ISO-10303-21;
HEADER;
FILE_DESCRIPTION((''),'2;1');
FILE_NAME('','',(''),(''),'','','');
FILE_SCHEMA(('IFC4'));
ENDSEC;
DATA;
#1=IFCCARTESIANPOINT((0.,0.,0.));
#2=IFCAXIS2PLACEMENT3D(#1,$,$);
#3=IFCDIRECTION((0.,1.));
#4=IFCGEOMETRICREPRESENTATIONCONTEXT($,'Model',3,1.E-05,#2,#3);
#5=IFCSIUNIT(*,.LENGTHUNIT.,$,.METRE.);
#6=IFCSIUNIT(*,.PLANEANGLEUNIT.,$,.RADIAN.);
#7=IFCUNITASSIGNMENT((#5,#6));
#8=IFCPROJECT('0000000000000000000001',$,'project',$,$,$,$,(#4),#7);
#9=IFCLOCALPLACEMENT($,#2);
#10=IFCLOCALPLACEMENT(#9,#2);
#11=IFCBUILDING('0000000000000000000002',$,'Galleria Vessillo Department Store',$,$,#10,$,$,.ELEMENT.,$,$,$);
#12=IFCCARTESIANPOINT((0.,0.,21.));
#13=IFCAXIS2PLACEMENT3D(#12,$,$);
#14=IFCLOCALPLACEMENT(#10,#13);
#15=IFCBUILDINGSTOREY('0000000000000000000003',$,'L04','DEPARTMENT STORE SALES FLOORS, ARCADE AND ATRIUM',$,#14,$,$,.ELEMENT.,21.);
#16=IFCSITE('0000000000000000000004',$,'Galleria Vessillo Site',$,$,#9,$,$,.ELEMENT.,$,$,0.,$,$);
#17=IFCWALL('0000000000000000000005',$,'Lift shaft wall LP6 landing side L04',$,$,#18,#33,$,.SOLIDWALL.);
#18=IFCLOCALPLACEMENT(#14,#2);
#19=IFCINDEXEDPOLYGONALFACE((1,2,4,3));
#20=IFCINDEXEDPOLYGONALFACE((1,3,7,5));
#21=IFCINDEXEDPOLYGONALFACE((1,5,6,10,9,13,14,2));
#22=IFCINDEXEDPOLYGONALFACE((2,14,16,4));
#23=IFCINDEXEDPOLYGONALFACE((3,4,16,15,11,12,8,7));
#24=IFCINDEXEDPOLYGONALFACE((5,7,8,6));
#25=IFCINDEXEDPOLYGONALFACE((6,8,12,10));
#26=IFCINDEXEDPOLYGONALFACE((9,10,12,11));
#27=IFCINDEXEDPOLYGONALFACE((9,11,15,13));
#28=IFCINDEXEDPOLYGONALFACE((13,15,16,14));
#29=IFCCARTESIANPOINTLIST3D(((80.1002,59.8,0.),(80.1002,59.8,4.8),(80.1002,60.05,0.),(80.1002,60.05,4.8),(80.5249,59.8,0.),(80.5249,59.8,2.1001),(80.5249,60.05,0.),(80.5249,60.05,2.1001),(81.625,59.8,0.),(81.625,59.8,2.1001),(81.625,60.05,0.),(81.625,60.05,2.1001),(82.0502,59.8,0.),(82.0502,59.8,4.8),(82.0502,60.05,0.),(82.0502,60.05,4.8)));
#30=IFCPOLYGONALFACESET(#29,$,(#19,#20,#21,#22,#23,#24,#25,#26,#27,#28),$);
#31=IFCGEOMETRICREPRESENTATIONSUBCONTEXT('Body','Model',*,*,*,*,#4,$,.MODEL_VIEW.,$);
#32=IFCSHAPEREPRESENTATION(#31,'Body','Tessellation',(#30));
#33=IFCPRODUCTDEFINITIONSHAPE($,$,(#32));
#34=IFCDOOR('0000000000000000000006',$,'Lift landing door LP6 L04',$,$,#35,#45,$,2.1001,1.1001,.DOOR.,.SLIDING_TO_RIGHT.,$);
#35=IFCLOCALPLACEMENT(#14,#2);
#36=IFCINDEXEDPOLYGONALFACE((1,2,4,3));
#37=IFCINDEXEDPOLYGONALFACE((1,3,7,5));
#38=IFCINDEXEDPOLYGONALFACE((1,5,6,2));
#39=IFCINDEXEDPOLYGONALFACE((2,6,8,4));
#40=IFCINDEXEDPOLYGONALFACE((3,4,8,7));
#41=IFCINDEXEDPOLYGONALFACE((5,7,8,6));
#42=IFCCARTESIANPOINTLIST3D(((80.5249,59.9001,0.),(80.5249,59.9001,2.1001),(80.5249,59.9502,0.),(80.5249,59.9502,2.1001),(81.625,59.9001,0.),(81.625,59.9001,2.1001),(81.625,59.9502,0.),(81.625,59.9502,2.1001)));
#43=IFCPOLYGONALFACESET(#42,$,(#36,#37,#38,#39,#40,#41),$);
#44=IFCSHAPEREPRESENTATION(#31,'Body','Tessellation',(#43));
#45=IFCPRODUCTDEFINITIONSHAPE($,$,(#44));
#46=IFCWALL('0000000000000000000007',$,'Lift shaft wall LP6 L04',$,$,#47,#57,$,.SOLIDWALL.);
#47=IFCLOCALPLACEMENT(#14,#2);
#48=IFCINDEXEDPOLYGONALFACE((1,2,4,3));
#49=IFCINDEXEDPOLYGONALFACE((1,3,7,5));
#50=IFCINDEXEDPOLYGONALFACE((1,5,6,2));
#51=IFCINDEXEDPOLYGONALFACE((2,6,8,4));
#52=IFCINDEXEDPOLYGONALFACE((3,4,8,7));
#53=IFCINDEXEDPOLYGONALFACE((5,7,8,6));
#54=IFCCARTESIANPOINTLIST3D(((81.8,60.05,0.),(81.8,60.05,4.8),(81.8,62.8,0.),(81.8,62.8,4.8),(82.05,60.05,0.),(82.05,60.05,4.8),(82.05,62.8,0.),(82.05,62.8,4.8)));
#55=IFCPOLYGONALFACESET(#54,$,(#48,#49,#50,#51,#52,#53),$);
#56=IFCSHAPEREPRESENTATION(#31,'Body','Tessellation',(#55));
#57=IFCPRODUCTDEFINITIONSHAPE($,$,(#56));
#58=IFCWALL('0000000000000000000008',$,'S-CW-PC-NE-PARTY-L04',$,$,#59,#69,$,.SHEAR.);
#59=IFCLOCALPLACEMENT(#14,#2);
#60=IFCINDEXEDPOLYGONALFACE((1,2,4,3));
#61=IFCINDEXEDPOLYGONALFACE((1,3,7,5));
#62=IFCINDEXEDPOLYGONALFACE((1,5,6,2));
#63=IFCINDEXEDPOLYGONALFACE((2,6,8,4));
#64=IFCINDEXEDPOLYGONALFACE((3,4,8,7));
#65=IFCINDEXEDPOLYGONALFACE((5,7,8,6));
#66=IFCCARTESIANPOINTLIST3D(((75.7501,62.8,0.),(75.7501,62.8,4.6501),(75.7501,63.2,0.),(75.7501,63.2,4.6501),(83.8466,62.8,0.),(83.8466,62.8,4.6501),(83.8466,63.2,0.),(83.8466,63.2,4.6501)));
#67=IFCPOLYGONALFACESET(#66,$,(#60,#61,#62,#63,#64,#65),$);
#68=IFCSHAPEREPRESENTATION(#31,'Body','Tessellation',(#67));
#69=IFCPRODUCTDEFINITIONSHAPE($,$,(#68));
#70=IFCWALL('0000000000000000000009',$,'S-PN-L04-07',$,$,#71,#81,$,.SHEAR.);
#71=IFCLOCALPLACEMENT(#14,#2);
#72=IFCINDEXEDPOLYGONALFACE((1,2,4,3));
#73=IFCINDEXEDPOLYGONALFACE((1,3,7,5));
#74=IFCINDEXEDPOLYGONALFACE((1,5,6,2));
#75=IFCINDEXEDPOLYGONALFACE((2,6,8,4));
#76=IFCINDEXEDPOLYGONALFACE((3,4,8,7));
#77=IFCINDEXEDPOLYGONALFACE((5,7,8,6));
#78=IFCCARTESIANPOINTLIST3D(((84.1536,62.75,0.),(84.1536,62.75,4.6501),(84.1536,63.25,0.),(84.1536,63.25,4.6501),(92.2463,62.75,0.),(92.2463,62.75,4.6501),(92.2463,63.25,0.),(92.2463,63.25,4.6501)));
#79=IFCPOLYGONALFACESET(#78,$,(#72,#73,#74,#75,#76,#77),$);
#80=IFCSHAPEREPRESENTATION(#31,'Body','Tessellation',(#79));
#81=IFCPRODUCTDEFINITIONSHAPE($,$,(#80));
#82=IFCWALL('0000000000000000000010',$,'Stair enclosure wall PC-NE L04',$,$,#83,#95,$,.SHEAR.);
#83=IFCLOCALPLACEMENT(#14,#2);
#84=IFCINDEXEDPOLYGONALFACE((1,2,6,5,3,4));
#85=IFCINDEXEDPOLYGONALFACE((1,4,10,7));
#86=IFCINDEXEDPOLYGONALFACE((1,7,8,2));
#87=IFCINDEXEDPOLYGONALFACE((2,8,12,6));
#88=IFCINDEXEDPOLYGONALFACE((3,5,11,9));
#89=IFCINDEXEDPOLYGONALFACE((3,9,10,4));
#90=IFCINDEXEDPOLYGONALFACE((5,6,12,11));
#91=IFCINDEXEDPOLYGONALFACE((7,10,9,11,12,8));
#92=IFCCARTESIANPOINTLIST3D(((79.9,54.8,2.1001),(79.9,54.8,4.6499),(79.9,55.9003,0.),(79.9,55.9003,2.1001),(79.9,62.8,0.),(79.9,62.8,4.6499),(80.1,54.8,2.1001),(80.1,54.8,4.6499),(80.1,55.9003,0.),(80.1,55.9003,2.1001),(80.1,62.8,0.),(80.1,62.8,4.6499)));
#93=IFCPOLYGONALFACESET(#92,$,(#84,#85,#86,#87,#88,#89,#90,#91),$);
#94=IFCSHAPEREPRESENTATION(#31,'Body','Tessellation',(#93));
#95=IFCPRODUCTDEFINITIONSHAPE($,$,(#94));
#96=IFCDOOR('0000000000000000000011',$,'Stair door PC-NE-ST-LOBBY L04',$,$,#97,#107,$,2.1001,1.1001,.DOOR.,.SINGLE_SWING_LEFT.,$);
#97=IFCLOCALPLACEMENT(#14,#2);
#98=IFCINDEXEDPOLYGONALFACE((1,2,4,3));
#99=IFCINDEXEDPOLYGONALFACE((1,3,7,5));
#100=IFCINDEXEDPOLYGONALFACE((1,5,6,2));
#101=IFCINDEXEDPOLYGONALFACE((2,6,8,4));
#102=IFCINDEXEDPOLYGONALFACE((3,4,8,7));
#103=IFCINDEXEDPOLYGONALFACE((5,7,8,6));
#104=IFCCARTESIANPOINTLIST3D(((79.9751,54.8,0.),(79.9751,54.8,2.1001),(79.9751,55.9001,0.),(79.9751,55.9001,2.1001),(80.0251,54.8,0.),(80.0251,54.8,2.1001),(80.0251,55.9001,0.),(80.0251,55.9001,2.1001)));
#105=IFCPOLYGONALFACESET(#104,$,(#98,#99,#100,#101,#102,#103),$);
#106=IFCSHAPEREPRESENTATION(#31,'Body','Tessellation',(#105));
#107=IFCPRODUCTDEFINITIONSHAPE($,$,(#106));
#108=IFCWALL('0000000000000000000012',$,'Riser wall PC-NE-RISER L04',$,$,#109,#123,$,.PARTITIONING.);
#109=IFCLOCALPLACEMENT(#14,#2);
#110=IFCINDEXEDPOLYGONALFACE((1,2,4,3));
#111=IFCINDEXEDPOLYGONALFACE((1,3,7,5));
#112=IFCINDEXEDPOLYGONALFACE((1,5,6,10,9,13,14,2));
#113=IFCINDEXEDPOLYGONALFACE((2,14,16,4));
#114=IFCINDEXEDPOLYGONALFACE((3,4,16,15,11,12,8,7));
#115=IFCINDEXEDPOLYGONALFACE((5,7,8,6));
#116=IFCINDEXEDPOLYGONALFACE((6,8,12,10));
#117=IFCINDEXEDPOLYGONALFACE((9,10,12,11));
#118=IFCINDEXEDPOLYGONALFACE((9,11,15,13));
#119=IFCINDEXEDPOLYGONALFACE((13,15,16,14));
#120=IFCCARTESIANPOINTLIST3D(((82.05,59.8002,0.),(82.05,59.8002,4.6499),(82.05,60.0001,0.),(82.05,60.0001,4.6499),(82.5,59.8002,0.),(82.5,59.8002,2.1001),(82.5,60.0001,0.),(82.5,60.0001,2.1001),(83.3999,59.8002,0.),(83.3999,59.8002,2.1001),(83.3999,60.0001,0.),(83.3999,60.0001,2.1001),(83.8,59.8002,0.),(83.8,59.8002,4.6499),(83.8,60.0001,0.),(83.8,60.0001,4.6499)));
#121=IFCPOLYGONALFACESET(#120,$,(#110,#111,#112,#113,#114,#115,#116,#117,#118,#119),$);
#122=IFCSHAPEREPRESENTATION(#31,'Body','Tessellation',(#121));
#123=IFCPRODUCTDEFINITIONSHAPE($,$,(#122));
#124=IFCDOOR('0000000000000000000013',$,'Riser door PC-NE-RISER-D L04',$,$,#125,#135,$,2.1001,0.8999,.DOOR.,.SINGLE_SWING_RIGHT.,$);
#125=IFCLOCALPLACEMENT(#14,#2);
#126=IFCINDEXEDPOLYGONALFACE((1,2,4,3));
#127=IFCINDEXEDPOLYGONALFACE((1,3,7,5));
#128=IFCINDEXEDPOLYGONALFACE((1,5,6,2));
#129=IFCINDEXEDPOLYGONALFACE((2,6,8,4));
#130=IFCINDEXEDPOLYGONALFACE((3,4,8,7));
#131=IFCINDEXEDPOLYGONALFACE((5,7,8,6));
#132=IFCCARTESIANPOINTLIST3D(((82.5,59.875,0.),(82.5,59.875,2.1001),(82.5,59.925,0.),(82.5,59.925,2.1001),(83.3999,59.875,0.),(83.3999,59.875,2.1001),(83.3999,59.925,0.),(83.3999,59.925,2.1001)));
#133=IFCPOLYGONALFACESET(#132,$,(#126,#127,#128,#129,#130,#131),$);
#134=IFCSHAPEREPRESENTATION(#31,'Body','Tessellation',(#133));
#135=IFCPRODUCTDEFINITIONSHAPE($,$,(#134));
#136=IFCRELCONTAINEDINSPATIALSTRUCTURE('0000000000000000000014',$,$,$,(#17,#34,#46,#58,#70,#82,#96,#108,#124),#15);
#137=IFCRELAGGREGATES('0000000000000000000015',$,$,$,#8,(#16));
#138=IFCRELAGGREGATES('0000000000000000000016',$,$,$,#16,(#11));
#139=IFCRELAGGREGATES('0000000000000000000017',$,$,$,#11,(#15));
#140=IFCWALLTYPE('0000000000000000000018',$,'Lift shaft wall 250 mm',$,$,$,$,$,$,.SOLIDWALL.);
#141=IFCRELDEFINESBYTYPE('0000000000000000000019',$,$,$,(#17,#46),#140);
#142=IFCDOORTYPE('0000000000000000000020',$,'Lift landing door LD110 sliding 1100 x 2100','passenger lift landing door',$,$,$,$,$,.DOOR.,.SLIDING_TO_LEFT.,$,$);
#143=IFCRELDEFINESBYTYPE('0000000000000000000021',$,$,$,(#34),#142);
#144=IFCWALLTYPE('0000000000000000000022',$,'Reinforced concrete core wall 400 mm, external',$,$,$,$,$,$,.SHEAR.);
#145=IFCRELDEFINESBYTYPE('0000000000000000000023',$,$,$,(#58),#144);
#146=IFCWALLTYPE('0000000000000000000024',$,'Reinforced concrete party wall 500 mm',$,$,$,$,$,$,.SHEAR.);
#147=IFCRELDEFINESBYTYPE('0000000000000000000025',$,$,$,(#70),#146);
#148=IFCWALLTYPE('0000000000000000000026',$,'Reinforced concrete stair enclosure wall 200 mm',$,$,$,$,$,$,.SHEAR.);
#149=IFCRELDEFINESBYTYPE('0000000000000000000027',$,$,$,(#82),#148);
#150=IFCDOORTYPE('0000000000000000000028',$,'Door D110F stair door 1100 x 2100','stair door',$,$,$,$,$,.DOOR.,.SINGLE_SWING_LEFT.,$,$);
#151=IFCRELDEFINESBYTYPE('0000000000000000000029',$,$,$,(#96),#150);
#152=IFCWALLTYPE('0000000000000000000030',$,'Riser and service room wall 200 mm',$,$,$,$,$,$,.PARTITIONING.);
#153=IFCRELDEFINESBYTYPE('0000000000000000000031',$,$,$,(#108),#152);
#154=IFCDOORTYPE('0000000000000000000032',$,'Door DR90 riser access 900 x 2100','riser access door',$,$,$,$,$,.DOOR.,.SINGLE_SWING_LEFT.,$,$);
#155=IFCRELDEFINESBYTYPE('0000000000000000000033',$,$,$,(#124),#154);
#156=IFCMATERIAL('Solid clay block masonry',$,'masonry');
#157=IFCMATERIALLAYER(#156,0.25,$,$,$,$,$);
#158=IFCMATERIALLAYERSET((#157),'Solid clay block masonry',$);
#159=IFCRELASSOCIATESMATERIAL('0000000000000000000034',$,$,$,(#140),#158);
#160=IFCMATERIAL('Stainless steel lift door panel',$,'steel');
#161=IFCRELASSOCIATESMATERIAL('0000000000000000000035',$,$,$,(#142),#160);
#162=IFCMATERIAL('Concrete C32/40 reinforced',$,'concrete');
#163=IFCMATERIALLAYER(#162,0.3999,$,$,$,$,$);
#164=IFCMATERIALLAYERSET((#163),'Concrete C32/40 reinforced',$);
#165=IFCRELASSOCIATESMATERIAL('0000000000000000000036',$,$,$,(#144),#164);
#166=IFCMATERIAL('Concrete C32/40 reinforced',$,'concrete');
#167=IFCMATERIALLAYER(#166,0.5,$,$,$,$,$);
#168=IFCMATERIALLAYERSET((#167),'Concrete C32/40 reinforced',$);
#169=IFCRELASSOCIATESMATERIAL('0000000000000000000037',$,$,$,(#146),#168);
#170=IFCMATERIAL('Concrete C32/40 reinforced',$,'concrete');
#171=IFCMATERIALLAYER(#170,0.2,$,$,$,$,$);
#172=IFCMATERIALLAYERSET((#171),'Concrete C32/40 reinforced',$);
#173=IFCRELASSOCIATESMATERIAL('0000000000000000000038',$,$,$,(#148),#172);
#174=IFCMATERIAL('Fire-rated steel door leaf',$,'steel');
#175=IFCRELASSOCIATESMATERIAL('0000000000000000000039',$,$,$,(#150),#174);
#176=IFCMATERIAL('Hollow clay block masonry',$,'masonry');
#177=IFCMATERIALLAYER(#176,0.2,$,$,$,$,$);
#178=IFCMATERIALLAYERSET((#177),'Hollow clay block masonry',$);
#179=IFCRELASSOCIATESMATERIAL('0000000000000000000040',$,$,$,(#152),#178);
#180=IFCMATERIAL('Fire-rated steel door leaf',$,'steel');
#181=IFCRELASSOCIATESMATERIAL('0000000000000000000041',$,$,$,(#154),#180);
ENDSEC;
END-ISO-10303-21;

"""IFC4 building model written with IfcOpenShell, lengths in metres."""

from ifc_helpers import new_model, si_unit, direction, frame, frame_2d, origin, place, context, subcontext, project, spatial, rectangle, extrude, material, layer, layer_set, type_object, element, fill, save


model = new_model("IFC4")

# Units and contexts
model_context = context("Model", 3, precision=1e-05, world=origin(), true_north=direction((0.0, 1.0)))
body_context = subcontext(model_context, "Body", "Model", "MODEL_VIEW")
ifc_project = project(units=[si_unit("LENGTHUNIT", "METRE"), si_unit("PLANEANGLEUNIT", "RADIAN")], contexts=[model_context])

# Site, building, storey
site_placement = place(None, origin())
site = spatial("IfcSite", under=ifc_project, at=site_placement, Name="Galleria Vessillo Site", CompositionType="ELEMENT", RefElevation=0.0)
building_placement = place(site_placement, origin())
building = spatial("IfcBuilding", under=site, at=building_placement, Name="Galleria Vessillo Department Store", CompositionType="ELEMENT")
storey_placement = place(building_placement, frame((0.0, 0.0, 21.0)))
storey = spatial("IfcBuildingStorey", under=building, at=storey_placement, Name="L04", Description="DEPARTMENT STORE SALES FLOORS, ARCADE AND ATRIUM", CompositionType="ELEMENT", Elevation=21.0)

# Wall, opening, door
ifc_material_1 = material(Name="Solid clay block masonry", Category="masonry")
ifc_layer_1 = layer(ifc_material_1, 0.25)
ifc_layer_set_1 = layer_set([ifc_layer_1], Name="Solid clay block masonry")
wall_type_1 = type_object("IfcWallType", Name="Lift shaft wall 250 mm", PredefinedType="SOLIDWALL", material=ifc_layer_set_1)
wall_1_placement = place(storey_placement, frame((80.1001, 59.925, 0.0), z_axis=(0.0, 0.0, 1.0), x_axis=(1.0, 0.0, 0.0)))
wall_1 = element("IfcWall", 1, at=wall_1_placement, inside=storey, type_object=wall_type_1, Name="Lift shaft wall LP6 landing side L04", PredefinedType="SOLIDWALL", context=body_context, shape_type="SweptSolid", body=[
    extrude(rectangle(XDim=1.95, YDim=0.25, at=frame_2d((0.9751, 0.0))), origin(), (0.0, 0.0, 1.0), 4.8),
])
opening_1_placement = place(wall_1_placement, frame((0.4248, 0.0, 0.0)))
opening_1 = element("IfcOpeningElement", 2, at=opening_1_placement, cuts=wall_1, PredefinedType="OPENING", context=body_context, shape_type="SweptSolid", body=[
    extrude(rectangle(XDim=1.1001, YDim=2.1001, at=frame_2d((0.55, 1.05))), frame((0.0, 0.135, 0.0), z_axis=(0.0, -1.0, 0.0), x_axis=(1.0, 0.0, 0.0)), (0.0, 0.0, 1.0), 0.27),
])
ifc_material_2 = material(Name="Stainless steel lift door panel", Category="steel")
door_type_1 = type_object("IfcDoorType", Name="Lift landing door LD110 sliding 1100 x 2100", Description="passenger lift landing door", OperationType="SLIDING_TO_LEFT", PredefinedType="DOOR", material=ifc_material_2)
door_1_placement = place(opening_1_placement, frame((1.1001, 0.0, 0.0), z_axis=(0.0, 0.0, 1.0), x_axis=(-1.0, 0.0, 0.0)))
door_1 = element("IfcDoor", 3, at=door_1_placement, inside=storey, type_object=door_type_1, Name="Lift landing door LP6 L04", OperationType="SLIDING_TO_RIGHT", OverallHeight=2.1001, OverallWidth=1.1001, PredefinedType="DOOR", context=body_context, shape_type="SweptSolid", body=[
    extrude(rectangle(XDim=1.1001, YDim=2.1001, at=frame_2d((0.55, 1.05))), frame((0.0, 0.0249, 0.0), z_axis=(0.0, -1.0, 0.0), x_axis=(1.0, 0.0, 0.0)), (0.0, 0.0, 1.0), 0.05),
])
fill(opening_1, door_1)

# Walls
wall_2_placement = place(storey_placement, frame((81.925, 62.8, 0.0), z_axis=(0.0, 0.0, 1.0), x_axis=(0.0, -1.0, 0.0)))
element("IfcWall", 4, at=wall_2_placement, inside=storey, type_object=wall_type_1, Name="Lift shaft wall LP6 L04", PredefinedType="SOLIDWALL", context=body_context, shape_type="SweptSolid", body=[
    extrude(rectangle(XDim=2.75, YDim=0.25, at=frame_2d((1.375, 0.0))), origin(), (0.0, 0.0, 1.0), 4.8),
])
ifc_material_3 = material(Name="Concrete C32/40 reinforced", Category="concrete")
ifc_layer_2 = layer(ifc_material_3, 0.3999)
ifc_layer_set_2 = layer_set([ifc_layer_2], Name="Concrete C32/40 reinforced")
wall_type_2 = type_object("IfcWallType", Name="Reinforced concrete core wall 400 mm, external", PredefinedType="SHEAR", material=ifc_layer_set_2)
wall_3_placement = place(storey_placement, frame((75.75, 63.0, 0.0), z_axis=(0.0, 0.0, 1.0), x_axis=(1.0, 0.0, 0.0)))
element("IfcWall", 5, at=wall_3_placement, inside=storey, type_object=wall_type_2, Name="S-CW-PC-NE-PARTY-L04", PredefinedType="SHEAR", context=body_context, shape_type="SweptSolid", body=[
    extrude(rectangle(XDim=8.0964, YDim=0.3999, at=frame_2d((4.0483, 0.0))), origin(), (0.0, 0.0, 1.0), 4.6501),
])
ifc_material_4 = material(Name="Concrete C32/40 reinforced", Category="concrete")
ifc_layer_3 = layer(ifc_material_4, 0.5)
ifc_layer_set_3 = layer_set([ifc_layer_3], Name="Concrete C32/40 reinforced")
wall_type_3 = type_object("IfcWallType", Name="Reinforced concrete party wall 500 mm", PredefinedType="SHEAR", material=ifc_layer_set_3)
wall_4_placement = place(storey_placement, frame((84.1536, 63.0, 0.0), z_axis=(0.0, 0.0, 1.0), x_axis=(1.0, 0.0, 0.0)))
element("IfcWall", 6, at=wall_4_placement, inside=storey, type_object=wall_type_3, Name="S-PN-L04-07", PredefinedType="SHEAR", context=body_context, shape_type="SweptSolid", body=[
    extrude(rectangle(XDim=8.0928, YDim=0.5, at=frame_2d((4.0464, 0.0))), origin(), (0.0, 0.0, 1.0), 4.6501),
])

# Walls, openings, doors
ifc_material_5 = material(Name="Concrete C32/40 reinforced", Category="concrete")
ifc_layer_4 = layer(ifc_material_5, 0.2)
ifc_layer_set_4 = layer_set([ifc_layer_4], Name="Concrete C32/40 reinforced")
wall_type_4 = type_object("IfcWallType", Name="Reinforced concrete stair enclosure wall 200 mm", PredefinedType="SHEAR", material=ifc_layer_set_4)
wall_5_placement = place(storey_placement, frame((80.0, 62.8, 0.0), z_axis=(0.0, 0.0, 1.0), x_axis=(0.0, -1.0, 0.0)))
wall_5 = element("IfcWall", 7, at=wall_5_placement, inside=storey, type_object=wall_type_4, Name="Stair enclosure wall PC-NE L04", PredefinedType="SHEAR", context=body_context, shape_type="SweptSolid", body=[
    extrude(rectangle(XDim=8.0, YDim=0.2, at=frame_2d((4.0, 0.0))), origin(), (0.0, 0.0, 1.0), 4.6499),
])
opening_2_placement = place(wall_5_placement, frame((6.8999, 0.0, 0.0)))
opening_2 = element("IfcOpeningElement", 8, at=opening_2_placement, cuts=wall_5, PredefinedType="OPENING", context=body_context, shape_type="SweptSolid", body=[
    extrude(rectangle(XDim=1.1101, YDim=2.1001, at=frame_2d((0.5549, 1.05))), frame((0.0, 0.1099, 0.0), z_axis=(0.0, -1.0, 0.0), x_axis=(1.0, 0.0, 0.0)), (0.0, 0.0, 1.0), 0.22),
])
ifc_material_6 = material(Name="Fire-rated steel door leaf", Category="steel")
door_type_2 = type_object("IfcDoorType", Name="Door D110F stair door 1100 x 2100", Description="stair door", OperationType="SINGLE_SWING_LEFT", PredefinedType="DOOR", material=ifc_material_6)
door_2_placement = place(opening_2_placement, frame((1.1001, 0.0, 0.0), z_axis=(0.0, 0.0, 1.0), x_axis=(-1.0, 0.0, 0.0)))
door_2 = element("IfcDoor", 9, at=door_2_placement, inside=storey, type_object=door_type_2, Name="Stair door PC-NE-ST-LOBBY L04", OperationType="SINGLE_SWING_LEFT", OverallHeight=2.1001, OverallWidth=1.1001, PredefinedType="DOOR", context=body_context, shape_type="SweptSolid", body=[
    extrude(rectangle(XDim=1.1001, YDim=2.1001, at=frame_2d((0.55, 1.05))), frame((0.0, 0.0249, 0.0), z_axis=(0.0, -1.0, 0.0), x_axis=(1.0, 0.0, 0.0)), (0.0, 0.0, 1.0), 0.05),
])
fill(opening_2, door_2)
ifc_material_7 = material(Name="Hollow clay block masonry", Category="masonry")
ifc_layer_5 = layer(ifc_material_7, 0.2)
ifc_layer_set_5 = layer_set([ifc_layer_5], Name="Hollow clay block masonry")
wall_type_5 = type_object("IfcWallType", Name="Riser and service room wall 200 mm", PredefinedType="PARTITIONING", material=ifc_layer_set_5)
wall_6_placement = place(storey_placement, frame((82.05, 59.9001, 0.0), z_axis=(0.0, 0.0, 1.0), x_axis=(1.0, 0.0, 0.0)))
wall_6 = element("IfcWall", 10, at=wall_6_placement, inside=storey, type_object=wall_type_5, Name="Riser wall PC-NE-RISER L04", PredefinedType="PARTITIONING", context=body_context, shape_type="SweptSolid", body=[
    extrude(rectangle(XDim=1.75, YDim=0.2, at=frame_2d((0.875, 0.0))), origin(), (0.0, 0.0, 1.0), 4.6499),
])
opening_3_placement = place(wall_6_placement, frame((0.45, 0.0, 0.0)))
opening_3 = element("IfcOpeningElement", 11, at=opening_3_placement, cuts=wall_6, PredefinedType="OPENING", context=body_context, shape_type="SweptSolid", body=[
    extrude(rectangle(XDim=0.8999, YDim=2.1001, at=frame_2d((0.45, 1.05))), frame((0.0, 0.1099, 0.0), z_axis=(0.0, -1.0, 0.0), x_axis=(1.0, 0.0, 0.0)), (0.0, 0.0, 1.0), 0.22),
])
ifc_material_8 = material(Name="Fire-rated steel door leaf", Category="steel")
door_type_3 = type_object("IfcDoorType", Name="Door DR90 riser access 900 x 2100", Description="riser access door", OperationType="SINGLE_SWING_LEFT", PredefinedType="DOOR", material=ifc_material_8)
door_3_placement = place(opening_3_placement, origin())
door_3 = element("IfcDoor", 12, at=door_3_placement, inside=storey, type_object=door_type_3, Name="Riser door PC-NE-RISER-D L04", OperationType="SINGLE_SWING_RIGHT", OverallHeight=2.1001, OverallWidth=0.8999, PredefinedType="DOOR", context=body_context, shape_type="SweptSolid", body=[
    extrude(rectangle(XDim=0.8999, YDim=2.1001, at=frame_2d((0.45, 1.05))), frame((0.0, 0.0249, 0.0), z_axis=(0.0, -1.0, 0.0), x_axis=(1.0, 0.0, 0.0)), (0.0, 0.0, 1.0), 0.05),
])
fill(opening_3, door_3)

save(model, "model.ifc")
